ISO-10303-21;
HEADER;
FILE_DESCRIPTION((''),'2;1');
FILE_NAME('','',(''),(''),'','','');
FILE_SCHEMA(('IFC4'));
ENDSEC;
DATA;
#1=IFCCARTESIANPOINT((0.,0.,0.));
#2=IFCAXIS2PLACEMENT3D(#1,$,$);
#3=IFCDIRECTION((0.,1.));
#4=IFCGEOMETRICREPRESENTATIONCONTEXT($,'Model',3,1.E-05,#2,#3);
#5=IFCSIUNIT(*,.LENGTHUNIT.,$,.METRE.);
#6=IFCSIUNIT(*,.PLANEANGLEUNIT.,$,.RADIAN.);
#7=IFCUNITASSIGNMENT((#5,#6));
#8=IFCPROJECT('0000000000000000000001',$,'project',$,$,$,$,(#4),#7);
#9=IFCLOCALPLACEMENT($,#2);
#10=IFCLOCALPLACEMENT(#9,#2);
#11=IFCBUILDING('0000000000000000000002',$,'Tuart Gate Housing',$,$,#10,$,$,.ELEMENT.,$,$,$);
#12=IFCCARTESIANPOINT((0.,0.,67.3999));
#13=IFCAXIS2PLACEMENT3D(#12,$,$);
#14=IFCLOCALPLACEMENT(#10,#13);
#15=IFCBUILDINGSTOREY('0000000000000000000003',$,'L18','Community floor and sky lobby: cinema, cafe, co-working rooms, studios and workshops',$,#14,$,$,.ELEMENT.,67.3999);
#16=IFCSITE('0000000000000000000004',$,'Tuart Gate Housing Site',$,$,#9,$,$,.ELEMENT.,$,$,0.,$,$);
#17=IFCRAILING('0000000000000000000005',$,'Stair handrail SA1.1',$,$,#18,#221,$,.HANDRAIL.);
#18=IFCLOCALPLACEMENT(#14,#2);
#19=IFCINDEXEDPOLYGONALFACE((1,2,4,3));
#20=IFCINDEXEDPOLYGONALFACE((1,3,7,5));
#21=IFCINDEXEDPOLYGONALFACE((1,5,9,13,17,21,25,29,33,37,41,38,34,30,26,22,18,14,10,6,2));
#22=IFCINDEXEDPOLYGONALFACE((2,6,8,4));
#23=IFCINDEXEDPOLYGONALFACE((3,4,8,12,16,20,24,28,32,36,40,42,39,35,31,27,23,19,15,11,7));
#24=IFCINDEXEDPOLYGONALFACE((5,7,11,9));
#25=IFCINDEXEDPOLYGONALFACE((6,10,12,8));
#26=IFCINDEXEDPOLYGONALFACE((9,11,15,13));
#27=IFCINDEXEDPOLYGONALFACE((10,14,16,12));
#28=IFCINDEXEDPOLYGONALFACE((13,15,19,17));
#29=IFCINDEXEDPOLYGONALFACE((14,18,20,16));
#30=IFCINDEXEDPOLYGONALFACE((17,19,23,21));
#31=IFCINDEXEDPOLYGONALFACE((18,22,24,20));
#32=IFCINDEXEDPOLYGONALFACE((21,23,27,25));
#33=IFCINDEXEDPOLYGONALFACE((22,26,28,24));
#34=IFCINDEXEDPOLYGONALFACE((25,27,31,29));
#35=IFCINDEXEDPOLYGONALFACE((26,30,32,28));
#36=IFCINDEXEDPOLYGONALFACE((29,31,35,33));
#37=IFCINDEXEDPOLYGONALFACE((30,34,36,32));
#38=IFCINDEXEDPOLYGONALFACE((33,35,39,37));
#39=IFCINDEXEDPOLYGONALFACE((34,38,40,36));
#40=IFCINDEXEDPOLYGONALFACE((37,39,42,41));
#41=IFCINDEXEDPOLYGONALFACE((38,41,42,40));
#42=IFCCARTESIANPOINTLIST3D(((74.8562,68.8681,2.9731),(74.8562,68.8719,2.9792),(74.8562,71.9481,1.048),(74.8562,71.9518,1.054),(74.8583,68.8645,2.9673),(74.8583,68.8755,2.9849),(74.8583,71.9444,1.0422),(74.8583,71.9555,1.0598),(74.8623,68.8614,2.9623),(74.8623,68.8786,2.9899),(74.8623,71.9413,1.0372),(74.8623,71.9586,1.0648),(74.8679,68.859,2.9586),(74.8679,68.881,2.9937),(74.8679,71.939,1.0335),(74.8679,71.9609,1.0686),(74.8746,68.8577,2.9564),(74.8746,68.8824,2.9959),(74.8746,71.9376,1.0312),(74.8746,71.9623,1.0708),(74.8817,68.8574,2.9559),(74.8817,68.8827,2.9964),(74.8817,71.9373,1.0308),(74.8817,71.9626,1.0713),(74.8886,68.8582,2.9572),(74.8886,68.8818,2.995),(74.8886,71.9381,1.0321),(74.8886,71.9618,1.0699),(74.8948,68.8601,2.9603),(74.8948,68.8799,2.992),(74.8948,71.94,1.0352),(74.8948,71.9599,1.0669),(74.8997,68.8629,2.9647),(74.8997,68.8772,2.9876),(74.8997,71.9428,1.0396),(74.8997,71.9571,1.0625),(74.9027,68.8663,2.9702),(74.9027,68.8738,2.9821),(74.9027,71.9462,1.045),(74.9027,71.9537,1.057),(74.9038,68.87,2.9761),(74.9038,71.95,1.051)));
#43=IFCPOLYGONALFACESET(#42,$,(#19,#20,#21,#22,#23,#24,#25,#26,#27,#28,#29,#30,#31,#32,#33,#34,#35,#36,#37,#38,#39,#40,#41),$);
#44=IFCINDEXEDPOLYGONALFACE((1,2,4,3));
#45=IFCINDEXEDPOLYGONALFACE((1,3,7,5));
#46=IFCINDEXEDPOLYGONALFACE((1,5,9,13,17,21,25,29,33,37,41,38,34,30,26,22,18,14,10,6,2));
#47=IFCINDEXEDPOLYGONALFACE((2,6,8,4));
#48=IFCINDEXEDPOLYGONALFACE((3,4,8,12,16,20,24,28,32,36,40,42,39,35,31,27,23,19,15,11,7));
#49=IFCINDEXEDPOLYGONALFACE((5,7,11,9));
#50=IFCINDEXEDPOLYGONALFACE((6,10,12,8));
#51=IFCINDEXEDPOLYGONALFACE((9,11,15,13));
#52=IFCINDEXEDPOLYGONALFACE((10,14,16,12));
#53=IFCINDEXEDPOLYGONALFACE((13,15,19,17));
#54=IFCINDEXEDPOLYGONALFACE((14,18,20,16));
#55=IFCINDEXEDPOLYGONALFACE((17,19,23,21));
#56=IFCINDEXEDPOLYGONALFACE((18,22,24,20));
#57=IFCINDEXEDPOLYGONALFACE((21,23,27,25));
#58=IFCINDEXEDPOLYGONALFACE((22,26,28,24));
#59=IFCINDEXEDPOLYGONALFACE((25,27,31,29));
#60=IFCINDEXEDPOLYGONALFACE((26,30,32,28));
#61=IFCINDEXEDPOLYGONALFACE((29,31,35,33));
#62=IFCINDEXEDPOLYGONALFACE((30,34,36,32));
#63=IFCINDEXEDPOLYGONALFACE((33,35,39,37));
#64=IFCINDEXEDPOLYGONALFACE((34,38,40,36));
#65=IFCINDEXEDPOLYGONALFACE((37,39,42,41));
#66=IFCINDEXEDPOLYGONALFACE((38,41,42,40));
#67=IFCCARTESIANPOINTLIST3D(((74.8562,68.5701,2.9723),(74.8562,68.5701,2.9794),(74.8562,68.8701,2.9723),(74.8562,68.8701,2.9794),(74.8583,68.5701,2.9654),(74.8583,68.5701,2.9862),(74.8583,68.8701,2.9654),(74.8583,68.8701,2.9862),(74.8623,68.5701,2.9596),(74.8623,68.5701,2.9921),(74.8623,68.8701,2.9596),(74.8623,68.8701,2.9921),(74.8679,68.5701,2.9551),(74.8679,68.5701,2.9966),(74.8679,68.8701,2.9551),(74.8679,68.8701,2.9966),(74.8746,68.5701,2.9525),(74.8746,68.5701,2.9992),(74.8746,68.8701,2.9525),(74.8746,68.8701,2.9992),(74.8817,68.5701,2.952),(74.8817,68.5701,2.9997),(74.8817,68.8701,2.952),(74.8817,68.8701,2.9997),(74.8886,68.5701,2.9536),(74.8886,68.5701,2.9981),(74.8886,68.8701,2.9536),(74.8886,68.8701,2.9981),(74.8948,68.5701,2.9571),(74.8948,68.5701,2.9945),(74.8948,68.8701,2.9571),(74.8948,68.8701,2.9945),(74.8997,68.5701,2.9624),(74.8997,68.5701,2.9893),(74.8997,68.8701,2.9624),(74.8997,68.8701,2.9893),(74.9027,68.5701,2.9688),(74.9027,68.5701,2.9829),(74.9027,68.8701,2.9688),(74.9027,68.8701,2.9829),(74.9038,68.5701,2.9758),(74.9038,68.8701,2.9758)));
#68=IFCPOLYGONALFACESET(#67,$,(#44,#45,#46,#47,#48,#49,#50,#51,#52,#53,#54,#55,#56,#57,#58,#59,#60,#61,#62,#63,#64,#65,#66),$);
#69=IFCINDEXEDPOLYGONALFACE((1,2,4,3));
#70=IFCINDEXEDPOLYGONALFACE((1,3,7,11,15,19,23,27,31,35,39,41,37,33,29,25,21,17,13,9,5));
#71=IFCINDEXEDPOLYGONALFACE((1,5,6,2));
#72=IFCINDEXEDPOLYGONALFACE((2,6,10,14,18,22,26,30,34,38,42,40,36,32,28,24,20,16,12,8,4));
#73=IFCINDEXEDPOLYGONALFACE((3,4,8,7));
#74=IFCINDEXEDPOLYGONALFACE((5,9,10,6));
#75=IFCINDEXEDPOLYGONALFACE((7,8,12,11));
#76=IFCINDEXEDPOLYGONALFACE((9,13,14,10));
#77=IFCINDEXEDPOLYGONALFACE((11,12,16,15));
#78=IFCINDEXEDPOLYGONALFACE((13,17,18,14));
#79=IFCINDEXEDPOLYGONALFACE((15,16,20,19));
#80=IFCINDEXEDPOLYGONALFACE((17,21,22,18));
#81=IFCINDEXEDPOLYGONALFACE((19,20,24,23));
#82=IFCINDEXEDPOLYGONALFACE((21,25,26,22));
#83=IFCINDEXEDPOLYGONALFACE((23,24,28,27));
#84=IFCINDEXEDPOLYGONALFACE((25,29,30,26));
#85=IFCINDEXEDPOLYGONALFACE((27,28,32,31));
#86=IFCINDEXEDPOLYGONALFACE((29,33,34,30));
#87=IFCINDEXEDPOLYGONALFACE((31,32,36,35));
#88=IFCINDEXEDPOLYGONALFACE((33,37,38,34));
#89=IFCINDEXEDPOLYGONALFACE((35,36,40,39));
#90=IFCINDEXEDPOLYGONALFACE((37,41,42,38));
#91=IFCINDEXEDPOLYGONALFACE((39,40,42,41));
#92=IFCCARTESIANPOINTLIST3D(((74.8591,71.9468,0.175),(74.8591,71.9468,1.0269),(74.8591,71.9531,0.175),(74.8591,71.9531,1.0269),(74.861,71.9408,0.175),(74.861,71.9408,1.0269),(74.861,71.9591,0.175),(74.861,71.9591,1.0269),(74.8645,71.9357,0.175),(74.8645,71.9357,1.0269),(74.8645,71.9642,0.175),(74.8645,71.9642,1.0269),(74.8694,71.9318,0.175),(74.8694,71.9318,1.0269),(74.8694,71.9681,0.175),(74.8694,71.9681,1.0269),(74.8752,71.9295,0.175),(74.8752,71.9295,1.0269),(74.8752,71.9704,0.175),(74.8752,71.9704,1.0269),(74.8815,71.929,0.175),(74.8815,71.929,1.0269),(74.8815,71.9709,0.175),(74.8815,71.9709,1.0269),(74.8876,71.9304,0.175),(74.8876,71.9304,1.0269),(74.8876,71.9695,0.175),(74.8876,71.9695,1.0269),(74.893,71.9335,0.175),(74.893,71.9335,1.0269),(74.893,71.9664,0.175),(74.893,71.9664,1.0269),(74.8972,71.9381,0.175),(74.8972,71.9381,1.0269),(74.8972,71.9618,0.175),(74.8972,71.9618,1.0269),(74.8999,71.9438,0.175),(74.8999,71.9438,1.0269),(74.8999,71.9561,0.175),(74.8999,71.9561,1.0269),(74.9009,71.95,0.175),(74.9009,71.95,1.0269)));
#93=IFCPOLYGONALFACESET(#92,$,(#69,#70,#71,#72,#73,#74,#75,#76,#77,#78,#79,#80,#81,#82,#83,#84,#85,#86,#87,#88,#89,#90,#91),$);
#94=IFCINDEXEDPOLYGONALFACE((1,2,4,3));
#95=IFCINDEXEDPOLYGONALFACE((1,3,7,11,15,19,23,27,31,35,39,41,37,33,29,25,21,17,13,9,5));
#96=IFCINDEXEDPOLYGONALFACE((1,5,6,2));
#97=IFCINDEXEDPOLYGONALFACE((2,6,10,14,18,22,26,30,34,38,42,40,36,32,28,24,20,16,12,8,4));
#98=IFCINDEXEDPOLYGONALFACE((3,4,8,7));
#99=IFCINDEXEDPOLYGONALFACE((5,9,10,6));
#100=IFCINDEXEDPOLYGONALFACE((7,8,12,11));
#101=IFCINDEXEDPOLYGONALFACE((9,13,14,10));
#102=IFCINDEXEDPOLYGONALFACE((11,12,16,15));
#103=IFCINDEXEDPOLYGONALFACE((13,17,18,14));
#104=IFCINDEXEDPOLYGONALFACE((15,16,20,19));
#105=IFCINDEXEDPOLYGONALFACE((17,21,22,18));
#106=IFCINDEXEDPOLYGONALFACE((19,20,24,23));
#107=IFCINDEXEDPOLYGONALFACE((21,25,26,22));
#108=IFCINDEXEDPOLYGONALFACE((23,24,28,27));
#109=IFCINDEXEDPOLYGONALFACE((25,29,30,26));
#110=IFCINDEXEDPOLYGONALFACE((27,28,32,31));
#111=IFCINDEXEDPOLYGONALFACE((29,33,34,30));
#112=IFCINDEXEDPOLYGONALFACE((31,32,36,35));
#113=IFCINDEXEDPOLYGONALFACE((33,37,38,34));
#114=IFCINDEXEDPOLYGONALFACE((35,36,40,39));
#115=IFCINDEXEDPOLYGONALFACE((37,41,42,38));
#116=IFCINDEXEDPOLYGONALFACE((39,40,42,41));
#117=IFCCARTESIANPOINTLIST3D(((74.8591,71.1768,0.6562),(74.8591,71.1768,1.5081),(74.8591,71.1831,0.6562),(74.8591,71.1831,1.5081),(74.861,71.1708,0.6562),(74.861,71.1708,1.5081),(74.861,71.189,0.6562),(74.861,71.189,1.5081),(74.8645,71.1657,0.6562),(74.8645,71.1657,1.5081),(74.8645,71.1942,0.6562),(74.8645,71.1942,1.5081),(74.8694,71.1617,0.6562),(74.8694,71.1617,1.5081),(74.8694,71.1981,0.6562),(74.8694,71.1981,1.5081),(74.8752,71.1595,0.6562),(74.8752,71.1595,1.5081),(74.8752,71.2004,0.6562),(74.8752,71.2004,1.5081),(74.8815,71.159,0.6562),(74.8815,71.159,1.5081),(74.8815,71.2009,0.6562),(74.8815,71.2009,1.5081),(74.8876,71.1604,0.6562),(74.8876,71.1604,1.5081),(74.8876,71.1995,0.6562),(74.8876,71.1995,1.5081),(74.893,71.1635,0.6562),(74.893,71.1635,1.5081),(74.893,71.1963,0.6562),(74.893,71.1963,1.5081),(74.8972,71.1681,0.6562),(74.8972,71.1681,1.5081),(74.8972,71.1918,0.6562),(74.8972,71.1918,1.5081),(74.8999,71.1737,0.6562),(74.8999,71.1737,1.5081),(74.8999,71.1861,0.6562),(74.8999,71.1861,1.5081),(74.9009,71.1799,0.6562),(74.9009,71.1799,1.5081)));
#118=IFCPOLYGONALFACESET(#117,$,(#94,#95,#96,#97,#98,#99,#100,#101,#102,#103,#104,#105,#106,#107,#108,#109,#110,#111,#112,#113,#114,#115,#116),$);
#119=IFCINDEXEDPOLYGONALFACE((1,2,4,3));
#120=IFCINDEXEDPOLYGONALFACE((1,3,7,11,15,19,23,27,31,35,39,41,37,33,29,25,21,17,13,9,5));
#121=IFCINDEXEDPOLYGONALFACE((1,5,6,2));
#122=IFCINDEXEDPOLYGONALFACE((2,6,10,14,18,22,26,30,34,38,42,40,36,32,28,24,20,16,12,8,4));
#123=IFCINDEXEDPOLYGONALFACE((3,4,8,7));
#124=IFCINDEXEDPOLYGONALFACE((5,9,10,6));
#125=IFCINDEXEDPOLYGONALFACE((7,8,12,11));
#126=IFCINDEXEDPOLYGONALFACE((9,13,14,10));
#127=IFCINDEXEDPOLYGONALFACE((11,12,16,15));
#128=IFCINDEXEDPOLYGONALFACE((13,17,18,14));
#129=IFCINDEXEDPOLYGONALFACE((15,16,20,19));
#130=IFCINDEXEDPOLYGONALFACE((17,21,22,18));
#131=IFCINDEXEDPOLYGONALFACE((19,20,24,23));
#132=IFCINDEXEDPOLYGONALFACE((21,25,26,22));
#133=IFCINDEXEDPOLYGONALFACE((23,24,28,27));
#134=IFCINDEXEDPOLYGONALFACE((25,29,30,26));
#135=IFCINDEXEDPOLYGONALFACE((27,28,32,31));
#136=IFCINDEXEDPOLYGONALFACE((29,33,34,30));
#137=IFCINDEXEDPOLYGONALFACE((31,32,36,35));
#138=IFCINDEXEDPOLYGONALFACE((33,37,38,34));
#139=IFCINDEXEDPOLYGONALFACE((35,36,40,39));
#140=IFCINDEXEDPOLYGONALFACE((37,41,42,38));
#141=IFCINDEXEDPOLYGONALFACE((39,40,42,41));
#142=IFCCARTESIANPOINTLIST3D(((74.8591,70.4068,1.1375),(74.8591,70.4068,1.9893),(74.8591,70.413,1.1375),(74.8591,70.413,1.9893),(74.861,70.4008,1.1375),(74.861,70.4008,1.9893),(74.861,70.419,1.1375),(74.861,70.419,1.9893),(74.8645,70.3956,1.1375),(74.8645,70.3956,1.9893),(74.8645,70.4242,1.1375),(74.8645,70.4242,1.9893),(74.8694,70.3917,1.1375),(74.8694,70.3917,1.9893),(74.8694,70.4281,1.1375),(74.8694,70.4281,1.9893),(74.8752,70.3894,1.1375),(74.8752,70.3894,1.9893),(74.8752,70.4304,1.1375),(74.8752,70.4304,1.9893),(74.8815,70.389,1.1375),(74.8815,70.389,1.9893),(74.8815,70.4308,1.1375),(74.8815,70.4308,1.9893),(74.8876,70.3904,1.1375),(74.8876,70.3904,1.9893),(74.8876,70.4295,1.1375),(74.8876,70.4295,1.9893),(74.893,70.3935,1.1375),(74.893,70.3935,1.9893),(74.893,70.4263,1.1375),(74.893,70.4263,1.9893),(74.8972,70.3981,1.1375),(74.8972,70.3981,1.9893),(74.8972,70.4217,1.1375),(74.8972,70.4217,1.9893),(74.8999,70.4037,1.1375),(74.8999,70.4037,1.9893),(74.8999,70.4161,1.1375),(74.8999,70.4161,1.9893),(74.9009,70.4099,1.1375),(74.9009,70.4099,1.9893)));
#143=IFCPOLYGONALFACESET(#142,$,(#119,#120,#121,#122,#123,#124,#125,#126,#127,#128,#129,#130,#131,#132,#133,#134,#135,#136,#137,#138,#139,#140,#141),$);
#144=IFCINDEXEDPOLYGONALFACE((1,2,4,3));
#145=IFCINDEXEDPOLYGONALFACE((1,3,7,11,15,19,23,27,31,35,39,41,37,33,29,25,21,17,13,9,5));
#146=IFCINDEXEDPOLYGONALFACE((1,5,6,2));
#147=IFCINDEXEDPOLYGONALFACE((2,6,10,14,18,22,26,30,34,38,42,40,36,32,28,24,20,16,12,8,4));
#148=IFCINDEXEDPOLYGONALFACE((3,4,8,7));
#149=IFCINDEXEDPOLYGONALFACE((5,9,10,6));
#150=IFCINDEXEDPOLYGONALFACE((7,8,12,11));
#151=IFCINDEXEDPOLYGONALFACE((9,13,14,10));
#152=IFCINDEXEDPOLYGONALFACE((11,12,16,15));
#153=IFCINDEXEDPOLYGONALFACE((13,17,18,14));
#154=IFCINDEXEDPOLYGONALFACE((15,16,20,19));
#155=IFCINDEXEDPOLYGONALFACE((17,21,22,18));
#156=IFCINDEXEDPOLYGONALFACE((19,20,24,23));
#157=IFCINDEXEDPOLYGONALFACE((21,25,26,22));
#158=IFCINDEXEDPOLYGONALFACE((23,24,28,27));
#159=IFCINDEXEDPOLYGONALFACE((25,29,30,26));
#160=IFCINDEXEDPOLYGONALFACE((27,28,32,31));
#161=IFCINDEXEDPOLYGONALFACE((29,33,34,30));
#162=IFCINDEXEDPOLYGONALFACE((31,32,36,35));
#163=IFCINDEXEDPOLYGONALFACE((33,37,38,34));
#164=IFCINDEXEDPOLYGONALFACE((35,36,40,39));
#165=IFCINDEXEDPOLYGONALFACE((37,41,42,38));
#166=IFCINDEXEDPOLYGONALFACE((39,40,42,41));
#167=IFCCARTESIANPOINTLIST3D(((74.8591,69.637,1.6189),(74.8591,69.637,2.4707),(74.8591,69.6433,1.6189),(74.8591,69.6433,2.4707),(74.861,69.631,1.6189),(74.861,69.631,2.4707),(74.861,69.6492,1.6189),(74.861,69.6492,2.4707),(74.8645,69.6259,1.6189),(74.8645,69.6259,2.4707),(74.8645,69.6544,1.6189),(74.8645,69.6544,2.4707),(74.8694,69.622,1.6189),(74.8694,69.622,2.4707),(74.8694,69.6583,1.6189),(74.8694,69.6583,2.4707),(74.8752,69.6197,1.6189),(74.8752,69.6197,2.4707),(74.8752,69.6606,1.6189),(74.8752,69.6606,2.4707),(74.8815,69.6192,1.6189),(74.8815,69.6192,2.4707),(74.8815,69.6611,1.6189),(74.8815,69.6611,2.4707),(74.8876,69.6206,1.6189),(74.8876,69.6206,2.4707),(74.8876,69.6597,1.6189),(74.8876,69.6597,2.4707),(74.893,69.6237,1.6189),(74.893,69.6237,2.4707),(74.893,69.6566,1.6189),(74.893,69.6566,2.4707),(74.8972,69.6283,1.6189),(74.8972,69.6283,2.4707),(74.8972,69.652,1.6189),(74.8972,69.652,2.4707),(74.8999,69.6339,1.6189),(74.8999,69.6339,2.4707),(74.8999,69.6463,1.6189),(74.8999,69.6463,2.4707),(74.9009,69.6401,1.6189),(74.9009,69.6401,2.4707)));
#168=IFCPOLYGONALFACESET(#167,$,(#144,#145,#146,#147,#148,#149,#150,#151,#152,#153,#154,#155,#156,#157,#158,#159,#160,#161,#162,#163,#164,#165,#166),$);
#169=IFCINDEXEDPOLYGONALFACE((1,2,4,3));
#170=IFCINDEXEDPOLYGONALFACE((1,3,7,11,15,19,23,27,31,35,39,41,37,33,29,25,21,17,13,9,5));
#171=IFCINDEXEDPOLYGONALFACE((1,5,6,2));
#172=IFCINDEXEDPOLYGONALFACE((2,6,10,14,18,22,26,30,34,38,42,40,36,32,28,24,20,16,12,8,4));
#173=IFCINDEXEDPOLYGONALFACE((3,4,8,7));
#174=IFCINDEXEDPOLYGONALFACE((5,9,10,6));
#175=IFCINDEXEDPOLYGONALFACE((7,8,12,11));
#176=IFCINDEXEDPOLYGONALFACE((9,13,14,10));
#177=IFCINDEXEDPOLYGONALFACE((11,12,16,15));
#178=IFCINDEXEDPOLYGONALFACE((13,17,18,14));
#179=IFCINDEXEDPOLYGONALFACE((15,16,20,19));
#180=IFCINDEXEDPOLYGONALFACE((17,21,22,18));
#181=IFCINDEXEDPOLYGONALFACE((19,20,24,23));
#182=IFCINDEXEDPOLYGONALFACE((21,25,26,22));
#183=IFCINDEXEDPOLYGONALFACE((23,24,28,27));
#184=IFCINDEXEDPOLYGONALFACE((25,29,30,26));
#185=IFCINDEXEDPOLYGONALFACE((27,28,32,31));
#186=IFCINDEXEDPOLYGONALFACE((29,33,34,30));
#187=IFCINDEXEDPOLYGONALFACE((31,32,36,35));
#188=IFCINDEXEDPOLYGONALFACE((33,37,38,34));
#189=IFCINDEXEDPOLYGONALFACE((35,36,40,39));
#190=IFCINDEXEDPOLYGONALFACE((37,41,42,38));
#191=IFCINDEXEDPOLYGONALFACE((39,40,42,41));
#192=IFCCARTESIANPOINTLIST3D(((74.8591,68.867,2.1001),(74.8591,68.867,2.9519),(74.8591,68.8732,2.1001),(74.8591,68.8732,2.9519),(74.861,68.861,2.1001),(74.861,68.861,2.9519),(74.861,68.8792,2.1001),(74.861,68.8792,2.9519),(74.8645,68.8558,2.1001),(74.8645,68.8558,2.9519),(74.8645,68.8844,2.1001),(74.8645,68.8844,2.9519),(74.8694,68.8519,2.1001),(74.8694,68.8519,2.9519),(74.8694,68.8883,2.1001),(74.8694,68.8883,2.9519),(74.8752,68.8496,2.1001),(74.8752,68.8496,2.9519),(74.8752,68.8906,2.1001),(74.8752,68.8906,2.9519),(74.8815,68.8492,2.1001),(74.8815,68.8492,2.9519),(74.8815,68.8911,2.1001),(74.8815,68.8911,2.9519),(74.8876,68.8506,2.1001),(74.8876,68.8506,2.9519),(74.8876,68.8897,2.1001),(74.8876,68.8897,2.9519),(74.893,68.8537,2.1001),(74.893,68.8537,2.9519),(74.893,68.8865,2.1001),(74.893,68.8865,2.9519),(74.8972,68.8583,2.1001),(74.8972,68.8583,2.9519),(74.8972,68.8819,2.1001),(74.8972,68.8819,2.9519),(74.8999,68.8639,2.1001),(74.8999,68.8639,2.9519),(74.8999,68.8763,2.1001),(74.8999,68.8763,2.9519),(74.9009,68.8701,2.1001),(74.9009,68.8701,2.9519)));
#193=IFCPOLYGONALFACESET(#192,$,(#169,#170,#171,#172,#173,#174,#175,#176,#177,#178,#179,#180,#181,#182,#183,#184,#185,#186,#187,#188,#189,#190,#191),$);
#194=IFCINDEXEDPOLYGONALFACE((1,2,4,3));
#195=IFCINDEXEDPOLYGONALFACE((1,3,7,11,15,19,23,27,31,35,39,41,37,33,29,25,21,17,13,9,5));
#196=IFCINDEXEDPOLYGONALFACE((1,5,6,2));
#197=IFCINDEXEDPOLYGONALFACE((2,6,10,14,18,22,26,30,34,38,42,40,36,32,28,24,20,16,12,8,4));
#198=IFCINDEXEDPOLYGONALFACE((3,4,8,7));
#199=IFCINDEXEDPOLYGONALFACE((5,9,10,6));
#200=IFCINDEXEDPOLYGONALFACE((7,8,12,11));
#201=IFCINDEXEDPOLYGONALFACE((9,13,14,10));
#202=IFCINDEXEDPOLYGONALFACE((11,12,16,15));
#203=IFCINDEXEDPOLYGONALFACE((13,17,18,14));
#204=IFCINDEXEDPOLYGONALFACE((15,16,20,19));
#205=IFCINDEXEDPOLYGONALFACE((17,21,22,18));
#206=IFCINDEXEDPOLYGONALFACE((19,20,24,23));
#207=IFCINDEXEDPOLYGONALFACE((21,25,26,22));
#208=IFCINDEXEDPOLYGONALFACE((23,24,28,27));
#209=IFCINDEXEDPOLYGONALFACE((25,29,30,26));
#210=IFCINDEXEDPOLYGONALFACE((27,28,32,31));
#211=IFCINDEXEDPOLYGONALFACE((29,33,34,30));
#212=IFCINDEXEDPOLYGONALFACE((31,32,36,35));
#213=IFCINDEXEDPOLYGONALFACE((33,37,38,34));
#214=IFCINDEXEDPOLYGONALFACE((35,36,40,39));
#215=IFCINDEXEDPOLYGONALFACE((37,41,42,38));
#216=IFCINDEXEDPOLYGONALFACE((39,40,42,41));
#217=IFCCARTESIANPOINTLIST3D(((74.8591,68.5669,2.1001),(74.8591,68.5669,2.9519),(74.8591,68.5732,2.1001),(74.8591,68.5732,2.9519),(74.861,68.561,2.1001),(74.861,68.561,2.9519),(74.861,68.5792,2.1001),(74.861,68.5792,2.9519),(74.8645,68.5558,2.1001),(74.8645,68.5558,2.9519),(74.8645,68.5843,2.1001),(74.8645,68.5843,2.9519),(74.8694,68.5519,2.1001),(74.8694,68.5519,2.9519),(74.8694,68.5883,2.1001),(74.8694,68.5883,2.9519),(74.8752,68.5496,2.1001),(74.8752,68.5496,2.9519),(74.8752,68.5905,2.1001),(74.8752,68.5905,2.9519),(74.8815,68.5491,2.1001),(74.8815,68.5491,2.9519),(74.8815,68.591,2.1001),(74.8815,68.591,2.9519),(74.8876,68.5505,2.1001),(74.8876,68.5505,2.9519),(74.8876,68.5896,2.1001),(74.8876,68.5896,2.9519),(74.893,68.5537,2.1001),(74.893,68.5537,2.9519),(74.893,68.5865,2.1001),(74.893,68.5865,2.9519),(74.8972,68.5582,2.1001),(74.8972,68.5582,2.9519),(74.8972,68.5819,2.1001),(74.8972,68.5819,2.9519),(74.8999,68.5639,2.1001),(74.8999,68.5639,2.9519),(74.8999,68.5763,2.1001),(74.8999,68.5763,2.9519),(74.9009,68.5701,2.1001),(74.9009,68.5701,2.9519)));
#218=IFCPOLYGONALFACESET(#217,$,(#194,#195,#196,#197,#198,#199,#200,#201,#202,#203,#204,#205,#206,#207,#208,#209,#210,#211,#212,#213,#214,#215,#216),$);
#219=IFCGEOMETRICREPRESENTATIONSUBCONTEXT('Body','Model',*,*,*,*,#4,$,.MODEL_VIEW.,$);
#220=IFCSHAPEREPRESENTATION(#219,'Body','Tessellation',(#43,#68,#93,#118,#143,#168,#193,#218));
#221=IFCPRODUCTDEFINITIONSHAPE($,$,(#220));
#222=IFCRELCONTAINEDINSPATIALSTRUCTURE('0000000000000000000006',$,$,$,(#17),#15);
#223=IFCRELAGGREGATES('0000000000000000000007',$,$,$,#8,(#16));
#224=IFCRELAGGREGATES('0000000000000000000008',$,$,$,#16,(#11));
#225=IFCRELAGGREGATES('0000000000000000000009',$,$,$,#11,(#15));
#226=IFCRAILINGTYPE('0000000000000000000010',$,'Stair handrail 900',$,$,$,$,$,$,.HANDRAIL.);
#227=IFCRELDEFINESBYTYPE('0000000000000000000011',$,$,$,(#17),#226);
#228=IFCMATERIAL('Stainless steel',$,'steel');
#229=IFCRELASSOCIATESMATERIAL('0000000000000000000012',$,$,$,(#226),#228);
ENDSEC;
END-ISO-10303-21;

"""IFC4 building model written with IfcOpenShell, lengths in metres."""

from ifc_helpers import new_model, si_unit, direction, frame, origin, origin_2d, place, context, subcontext, project, spatial, circle, extrude, material, type_object, element, save


model = new_model("IFC4")

# Units and contexts
model_context = context("Model", 3, precision=1e-05, world=origin(), true_north=direction((0.0, 1.0)))
body_context = subcontext(model_context, "Body", "Model", "MODEL_VIEW")
ifc_project = project(units=[si_unit("LENGTHUNIT", "METRE"), si_unit("PLANEANGLEUNIT", "RADIAN")], contexts=[model_context])

# Site, building, storey
site_placement = place(None, origin())
site = spatial("IfcSite", under=ifc_project, at=site_placement, Name="Tuart Gate Housing Site", CompositionType="ELEMENT", RefElevation=0.0)
building_placement = place(site_placement, origin())
building = spatial("IfcBuilding", under=site, at=building_placement, Name="Tuart Gate Housing", CompositionType="ELEMENT")
storey_placement = place(building_placement, frame((0.0, 0.0, 67.3999)))
storey = spatial("IfcBuildingStorey", under=building, at=storey_placement, Name="L18", Description="Community floor and sky lobby: cinema, cafe, co-working rooms, studios and workshops", CompositionType="ELEMENT", Elevation=67.3999)

# Railing
ifc_material_1 = material(Name="Stainless steel", Category="steel")
railing_type = type_object("IfcRailingType", Name="Stair handrail 900", PredefinedType="HANDRAIL", material=ifc_material_1)
railing_placement = place(storey_placement, frame((74.8799, 71.95, 0.175)))
element("IfcRailing", 1, at=railing_placement, inside=storey, type_object=railing_type, Name="Stair handrail SA1.1", PredefinedType="HANDRAIL", context=body_context, shape_type="SweptSolid", body=[
    extrude(circle(Radius=0.0239, at=origin_2d()), frame((0.0, 0.0, 0.876), z_axis=(0.0, -0.847979, 0.530029), x_axis=(1.0, 0.0, 0.0)), (0.0, 0.0, 1.0), 3.6321),
    extrude(circle(Radius=0.0239, at=origin_2d()), frame((0.0, -3.0798, 2.8008), z_axis=(0.0, -1.0, 0.0), x_axis=(1.0, 0.0, 0.0)), (0.0, 0.0, 1.0), 0.3),
    extrude(circle(Radius=0.021, at=origin_2d()), origin(), (0.0, 0.0, 1.0), 0.8518),
    extrude(circle(Radius=0.021, at=origin_2d()), frame((0.0, -0.77, 0.4812)), (0.0, 0.0, 1.0), 0.8518),
    extrude(circle(Radius=0.021, at=origin_2d()), frame((0.0, -1.54, 0.9624)), (0.0, 0.0, 1.0), 0.8518),
    extrude(circle(Radius=0.021, at=origin_2d()), frame((0.0, -2.3098, 1.4438)), (0.0, 0.0, 1.0), 0.8518),
    extrude(circle(Radius=0.021, at=origin_2d()), frame((0.0, -3.0798, 1.925)), (0.0, 0.0, 1.0), 0.8518),
    extrude(circle(Radius=0.021, at=origin_2d()), frame((0.0, -3.3799, 1.925)), (0.0, 0.0, 1.0), 0.8518),
])

save(model, "model.ifc")
